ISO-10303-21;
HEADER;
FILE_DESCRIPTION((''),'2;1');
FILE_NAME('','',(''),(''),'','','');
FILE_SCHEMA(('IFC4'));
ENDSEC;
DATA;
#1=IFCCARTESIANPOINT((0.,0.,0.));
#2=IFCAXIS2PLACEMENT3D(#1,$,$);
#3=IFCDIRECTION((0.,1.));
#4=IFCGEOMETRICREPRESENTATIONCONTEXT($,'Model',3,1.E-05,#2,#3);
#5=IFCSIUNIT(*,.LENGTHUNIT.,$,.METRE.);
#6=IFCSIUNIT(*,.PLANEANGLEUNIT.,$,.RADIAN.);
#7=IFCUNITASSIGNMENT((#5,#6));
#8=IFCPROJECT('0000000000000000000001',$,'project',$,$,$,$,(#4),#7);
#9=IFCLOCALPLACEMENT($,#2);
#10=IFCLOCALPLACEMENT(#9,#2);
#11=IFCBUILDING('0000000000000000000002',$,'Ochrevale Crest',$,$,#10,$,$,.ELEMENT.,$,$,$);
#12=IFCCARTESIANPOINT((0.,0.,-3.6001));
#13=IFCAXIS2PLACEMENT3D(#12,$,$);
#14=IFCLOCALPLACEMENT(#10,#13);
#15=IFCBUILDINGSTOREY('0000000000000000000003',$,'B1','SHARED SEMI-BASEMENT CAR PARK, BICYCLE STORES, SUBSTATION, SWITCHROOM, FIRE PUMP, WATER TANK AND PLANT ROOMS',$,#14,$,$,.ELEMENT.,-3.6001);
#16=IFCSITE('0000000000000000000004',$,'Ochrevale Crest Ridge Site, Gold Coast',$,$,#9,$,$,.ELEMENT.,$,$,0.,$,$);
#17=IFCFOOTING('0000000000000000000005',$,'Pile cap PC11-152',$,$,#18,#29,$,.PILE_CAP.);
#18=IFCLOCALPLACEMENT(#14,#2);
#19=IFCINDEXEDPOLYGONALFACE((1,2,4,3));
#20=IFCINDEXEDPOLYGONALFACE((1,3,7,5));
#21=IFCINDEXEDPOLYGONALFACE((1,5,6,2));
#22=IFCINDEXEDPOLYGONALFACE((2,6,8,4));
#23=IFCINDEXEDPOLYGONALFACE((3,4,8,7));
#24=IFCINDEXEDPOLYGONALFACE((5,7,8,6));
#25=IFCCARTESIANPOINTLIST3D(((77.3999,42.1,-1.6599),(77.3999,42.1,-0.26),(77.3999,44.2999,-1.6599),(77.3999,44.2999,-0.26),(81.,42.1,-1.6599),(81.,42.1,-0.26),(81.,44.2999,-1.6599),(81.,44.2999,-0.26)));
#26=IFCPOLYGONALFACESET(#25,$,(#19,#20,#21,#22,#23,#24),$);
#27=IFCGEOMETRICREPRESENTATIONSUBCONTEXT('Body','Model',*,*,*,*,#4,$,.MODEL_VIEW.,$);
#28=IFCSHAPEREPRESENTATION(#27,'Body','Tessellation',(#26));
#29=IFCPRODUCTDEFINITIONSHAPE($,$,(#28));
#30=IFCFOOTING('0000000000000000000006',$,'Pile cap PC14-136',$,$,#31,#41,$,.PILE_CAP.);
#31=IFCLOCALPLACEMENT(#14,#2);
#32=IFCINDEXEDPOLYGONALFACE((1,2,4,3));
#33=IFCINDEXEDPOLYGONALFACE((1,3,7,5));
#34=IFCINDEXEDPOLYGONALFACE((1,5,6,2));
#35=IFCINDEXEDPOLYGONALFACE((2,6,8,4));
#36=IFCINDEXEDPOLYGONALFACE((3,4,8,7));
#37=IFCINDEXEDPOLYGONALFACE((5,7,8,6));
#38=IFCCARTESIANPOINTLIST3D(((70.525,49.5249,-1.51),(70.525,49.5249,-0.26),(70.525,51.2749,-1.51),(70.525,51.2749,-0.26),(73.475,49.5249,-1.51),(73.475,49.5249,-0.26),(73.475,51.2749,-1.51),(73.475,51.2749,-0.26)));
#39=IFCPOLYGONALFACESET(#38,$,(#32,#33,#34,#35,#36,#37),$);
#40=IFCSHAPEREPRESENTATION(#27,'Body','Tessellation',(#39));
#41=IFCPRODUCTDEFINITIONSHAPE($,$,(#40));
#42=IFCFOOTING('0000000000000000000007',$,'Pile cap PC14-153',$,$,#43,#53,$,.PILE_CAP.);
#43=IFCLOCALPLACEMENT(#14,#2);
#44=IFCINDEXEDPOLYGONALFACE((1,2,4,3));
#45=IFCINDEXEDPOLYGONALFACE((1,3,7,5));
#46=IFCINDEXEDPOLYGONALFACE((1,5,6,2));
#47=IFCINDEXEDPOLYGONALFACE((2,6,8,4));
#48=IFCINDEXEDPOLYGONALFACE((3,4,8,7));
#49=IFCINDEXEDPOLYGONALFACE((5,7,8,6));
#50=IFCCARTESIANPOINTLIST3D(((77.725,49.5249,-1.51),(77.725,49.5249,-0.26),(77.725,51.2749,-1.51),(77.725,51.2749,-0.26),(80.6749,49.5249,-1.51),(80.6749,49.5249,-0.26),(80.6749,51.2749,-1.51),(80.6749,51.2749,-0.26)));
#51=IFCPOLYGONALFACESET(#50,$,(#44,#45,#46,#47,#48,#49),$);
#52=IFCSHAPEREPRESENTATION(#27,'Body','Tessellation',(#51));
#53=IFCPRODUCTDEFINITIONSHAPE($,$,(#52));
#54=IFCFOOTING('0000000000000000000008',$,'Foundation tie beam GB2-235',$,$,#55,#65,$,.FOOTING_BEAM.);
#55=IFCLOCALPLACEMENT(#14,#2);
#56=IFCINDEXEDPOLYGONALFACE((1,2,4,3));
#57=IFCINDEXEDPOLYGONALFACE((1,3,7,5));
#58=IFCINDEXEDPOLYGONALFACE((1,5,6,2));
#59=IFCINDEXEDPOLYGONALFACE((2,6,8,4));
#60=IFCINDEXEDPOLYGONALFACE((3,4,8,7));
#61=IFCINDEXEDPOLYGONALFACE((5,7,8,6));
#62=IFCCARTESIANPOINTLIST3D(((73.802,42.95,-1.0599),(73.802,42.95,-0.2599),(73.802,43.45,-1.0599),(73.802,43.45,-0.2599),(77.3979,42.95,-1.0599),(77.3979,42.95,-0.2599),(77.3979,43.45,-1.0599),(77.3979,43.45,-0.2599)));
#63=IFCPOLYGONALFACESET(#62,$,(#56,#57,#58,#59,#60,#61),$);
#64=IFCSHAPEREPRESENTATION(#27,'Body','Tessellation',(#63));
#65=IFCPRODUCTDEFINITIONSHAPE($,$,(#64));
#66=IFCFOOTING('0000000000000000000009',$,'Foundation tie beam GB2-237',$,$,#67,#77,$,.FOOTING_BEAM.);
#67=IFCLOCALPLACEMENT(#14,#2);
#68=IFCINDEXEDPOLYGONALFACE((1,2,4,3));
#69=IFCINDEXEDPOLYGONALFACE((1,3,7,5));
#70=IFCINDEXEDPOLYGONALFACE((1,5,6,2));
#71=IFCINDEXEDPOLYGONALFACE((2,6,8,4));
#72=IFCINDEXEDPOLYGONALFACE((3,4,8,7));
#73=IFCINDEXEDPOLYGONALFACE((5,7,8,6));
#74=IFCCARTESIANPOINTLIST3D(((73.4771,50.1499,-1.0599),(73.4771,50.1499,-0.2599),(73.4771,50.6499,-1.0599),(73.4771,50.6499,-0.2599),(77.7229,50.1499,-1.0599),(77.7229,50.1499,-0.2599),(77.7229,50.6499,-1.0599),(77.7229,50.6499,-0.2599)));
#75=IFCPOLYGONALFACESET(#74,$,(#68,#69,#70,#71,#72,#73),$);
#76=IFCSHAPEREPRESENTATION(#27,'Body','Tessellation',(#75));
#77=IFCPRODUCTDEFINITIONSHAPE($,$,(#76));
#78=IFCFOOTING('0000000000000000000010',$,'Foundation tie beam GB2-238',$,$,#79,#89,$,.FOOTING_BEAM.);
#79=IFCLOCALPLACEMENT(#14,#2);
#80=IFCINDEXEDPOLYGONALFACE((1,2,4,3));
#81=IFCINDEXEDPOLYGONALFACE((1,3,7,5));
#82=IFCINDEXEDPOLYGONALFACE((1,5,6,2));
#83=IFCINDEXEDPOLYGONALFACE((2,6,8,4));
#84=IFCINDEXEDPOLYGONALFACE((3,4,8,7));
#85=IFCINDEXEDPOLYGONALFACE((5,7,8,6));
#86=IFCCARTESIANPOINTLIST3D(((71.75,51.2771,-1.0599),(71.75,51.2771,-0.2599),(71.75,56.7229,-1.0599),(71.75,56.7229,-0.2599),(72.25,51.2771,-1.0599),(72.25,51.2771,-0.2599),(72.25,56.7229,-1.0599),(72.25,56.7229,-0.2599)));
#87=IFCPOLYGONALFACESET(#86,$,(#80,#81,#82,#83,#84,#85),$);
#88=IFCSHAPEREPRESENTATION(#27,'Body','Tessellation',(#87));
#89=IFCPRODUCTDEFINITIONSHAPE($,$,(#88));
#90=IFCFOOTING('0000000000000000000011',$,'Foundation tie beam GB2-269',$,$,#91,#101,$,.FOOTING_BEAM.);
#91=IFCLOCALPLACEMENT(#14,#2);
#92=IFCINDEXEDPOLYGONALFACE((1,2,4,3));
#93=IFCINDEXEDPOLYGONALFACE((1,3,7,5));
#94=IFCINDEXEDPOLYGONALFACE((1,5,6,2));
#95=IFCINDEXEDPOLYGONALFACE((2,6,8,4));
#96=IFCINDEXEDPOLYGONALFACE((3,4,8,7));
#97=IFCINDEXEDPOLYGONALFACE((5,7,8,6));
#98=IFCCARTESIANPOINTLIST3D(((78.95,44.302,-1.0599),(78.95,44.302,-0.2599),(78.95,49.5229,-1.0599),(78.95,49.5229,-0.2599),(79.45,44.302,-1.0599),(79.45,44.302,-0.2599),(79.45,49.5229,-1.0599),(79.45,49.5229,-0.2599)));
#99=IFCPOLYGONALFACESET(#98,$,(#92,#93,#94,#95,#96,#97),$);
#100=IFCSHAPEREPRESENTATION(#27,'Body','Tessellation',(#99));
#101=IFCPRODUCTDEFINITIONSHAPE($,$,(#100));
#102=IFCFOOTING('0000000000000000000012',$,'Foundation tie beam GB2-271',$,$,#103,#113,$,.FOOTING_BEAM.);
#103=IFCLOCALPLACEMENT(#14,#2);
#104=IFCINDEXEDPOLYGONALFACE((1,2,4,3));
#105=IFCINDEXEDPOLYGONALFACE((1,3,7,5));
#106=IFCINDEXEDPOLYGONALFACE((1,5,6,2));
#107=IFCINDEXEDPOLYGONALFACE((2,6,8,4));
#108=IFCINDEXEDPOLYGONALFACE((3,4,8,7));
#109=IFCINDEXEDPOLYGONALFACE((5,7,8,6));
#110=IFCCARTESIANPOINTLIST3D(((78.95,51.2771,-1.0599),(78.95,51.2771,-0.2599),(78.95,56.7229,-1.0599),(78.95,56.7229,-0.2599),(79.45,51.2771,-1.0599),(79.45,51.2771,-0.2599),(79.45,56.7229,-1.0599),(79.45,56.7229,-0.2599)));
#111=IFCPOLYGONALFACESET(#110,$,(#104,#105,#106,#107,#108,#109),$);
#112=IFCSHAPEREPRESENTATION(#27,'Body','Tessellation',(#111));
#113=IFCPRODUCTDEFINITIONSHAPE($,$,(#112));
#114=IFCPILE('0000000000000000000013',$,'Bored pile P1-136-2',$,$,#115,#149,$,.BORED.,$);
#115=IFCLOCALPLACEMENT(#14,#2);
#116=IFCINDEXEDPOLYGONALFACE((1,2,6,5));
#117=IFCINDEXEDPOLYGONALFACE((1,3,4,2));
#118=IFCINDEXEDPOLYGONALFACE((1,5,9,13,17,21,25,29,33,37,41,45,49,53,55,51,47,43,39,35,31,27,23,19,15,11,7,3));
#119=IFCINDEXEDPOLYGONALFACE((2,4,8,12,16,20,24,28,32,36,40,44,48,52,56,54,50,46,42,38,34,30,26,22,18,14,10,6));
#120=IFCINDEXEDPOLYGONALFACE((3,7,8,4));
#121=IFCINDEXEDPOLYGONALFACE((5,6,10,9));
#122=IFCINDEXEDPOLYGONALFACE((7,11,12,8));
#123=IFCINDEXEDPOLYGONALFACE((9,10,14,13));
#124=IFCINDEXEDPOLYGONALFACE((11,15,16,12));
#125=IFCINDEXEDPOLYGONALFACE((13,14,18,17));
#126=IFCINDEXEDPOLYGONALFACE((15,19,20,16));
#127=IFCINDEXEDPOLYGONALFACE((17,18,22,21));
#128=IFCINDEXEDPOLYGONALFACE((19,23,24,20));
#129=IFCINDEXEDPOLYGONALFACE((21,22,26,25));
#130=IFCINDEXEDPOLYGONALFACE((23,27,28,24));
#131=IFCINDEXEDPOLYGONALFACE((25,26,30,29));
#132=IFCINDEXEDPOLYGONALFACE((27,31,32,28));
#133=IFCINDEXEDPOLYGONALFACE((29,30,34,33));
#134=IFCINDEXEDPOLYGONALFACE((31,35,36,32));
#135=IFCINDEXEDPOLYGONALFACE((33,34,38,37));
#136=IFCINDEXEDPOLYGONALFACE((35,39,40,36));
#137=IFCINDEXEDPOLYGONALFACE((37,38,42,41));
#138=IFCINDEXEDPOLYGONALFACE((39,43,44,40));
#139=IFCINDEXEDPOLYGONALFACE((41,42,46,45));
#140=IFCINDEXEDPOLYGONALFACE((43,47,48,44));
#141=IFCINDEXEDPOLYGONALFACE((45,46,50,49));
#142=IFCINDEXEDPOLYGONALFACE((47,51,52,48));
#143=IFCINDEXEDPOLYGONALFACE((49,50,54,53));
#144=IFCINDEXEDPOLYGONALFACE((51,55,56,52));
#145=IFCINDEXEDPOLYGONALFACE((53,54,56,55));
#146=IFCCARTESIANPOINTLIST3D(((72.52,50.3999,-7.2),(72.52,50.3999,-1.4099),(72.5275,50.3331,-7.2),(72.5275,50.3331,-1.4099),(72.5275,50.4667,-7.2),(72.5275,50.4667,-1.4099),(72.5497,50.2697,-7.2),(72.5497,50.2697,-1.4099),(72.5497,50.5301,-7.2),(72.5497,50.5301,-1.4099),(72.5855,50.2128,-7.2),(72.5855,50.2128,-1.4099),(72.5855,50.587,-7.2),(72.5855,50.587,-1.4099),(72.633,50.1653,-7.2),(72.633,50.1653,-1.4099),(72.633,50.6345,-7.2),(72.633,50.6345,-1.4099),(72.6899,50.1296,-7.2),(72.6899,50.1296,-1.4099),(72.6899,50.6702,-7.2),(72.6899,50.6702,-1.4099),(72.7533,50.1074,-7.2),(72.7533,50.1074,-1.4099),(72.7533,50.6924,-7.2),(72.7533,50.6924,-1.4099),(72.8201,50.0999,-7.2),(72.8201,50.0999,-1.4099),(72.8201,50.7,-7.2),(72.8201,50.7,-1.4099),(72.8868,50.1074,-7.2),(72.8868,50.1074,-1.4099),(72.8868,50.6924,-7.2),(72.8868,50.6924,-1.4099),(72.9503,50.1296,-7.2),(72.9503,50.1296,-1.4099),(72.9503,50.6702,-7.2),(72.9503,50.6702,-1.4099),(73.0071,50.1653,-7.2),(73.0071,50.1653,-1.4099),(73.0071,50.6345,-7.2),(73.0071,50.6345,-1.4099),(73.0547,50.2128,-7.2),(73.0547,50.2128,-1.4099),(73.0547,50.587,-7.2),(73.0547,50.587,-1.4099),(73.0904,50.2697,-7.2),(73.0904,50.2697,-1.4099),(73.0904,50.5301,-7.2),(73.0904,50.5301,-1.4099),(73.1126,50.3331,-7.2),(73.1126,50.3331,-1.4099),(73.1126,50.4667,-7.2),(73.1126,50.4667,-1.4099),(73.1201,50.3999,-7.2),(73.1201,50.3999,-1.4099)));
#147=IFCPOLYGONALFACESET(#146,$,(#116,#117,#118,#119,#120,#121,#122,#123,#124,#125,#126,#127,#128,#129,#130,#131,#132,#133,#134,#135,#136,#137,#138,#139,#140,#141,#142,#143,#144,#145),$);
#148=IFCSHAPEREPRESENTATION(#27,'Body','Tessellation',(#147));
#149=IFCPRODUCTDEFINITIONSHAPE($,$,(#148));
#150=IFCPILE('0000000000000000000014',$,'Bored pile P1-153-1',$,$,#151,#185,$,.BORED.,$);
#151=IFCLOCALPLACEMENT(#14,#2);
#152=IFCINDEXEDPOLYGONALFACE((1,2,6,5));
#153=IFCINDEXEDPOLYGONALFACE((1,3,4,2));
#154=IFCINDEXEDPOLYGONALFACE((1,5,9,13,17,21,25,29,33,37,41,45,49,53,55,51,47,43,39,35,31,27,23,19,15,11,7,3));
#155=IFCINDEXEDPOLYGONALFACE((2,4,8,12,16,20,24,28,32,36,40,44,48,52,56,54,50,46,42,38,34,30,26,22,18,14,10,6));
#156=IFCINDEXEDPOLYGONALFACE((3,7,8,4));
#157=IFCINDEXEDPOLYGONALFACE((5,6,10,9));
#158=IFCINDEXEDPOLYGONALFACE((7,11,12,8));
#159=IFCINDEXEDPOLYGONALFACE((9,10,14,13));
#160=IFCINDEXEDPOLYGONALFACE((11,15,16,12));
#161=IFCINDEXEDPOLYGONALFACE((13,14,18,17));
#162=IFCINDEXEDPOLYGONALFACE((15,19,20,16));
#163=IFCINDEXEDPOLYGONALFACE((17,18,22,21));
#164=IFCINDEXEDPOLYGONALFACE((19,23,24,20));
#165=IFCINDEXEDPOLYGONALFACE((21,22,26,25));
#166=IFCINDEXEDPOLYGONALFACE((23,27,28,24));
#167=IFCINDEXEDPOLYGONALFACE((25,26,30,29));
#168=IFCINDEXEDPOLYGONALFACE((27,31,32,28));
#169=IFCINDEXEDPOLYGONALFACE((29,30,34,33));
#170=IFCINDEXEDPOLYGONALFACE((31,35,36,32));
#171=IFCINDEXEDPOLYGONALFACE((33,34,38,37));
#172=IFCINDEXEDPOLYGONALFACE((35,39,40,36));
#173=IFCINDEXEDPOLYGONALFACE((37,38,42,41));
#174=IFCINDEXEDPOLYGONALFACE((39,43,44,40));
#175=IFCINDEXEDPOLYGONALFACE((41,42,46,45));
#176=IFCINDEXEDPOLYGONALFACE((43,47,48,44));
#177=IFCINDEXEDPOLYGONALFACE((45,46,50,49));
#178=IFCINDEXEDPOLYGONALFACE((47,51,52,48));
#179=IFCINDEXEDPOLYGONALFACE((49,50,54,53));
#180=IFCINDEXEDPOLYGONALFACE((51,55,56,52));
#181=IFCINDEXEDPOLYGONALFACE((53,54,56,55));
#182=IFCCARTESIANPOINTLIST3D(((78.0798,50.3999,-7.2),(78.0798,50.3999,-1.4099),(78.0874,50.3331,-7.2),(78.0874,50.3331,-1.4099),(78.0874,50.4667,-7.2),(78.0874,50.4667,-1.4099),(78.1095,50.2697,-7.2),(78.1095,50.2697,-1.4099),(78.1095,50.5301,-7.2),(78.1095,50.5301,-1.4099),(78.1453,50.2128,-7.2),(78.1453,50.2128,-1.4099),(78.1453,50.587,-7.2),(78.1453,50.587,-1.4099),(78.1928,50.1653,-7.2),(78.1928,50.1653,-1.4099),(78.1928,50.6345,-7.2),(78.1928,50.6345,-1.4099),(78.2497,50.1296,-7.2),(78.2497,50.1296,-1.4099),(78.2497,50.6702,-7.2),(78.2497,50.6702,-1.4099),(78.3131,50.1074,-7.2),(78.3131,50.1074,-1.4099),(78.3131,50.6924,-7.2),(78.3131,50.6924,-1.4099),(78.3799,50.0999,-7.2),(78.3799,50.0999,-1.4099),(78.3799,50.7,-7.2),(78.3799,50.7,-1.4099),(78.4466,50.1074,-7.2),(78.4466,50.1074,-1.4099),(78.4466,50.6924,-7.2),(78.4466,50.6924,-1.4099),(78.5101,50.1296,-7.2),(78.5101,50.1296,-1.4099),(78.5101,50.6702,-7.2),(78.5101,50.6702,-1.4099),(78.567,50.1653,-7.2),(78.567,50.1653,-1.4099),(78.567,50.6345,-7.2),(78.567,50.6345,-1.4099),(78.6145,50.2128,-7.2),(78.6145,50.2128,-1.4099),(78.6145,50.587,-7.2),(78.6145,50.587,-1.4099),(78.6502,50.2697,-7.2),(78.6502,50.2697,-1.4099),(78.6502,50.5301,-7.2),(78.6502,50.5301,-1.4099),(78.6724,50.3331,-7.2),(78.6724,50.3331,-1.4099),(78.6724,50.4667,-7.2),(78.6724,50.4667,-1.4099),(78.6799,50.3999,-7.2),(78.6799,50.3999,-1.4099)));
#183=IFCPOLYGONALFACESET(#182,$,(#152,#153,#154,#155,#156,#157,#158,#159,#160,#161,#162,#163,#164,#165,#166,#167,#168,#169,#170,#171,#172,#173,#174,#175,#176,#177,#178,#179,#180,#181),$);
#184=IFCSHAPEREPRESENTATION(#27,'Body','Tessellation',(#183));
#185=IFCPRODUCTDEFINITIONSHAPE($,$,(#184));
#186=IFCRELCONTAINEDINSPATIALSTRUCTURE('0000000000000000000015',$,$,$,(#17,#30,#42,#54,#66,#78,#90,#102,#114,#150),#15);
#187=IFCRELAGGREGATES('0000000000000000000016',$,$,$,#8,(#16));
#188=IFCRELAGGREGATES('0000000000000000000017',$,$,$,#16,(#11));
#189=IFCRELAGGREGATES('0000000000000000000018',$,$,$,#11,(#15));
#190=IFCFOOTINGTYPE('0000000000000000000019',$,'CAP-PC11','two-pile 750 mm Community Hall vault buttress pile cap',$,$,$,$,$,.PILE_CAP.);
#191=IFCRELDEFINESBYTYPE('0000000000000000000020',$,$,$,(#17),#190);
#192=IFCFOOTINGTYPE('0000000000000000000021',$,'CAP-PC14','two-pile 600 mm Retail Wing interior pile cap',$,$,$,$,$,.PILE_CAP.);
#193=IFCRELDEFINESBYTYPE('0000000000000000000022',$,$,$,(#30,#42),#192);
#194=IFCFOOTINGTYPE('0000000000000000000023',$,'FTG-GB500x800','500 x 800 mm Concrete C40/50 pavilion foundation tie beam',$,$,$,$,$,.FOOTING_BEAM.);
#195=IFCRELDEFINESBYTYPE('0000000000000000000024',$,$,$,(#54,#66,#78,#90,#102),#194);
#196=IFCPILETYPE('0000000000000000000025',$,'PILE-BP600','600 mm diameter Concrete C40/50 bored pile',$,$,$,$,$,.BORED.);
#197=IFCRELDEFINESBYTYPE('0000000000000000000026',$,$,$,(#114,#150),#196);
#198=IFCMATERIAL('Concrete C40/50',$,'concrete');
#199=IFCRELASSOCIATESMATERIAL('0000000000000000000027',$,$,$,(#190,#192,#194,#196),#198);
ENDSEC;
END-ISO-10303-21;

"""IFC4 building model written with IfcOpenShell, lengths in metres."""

from ifc_helpers import new_model, si_unit, direction, frame, origin, origin_2d, place, context, subcontext, project, spatial, rectangle, circle, extrude, material, material_profile, profile_set, type_object, element, save


model = new_model("IFC4")

# Units and contexts
model_context = context("Model", 3, precision=1e-05, world=origin(), true_north=direction((0.0, 1.0)))
body_context = subcontext(model_context, "Body", "Model", "MODEL_VIEW")
ifc_project = project(units=[si_unit("LENGTHUNIT", "METRE"), si_unit("PLANEANGLEUNIT", "RADIAN")], contexts=[model_context])

# Site, building, storey
site_placement = place(None, origin())
site = spatial("IfcSite", under=ifc_project, at=site_placement, Name="Ochrevale Crest Ridge Site, Gold Coast", CompositionType="ELEMENT", RefElevation=0.0)
building_placement = place(site_placement, origin())
building = spatial("IfcBuilding", under=site, at=building_placement, Name="Ochrevale Crest", CompositionType="ELEMENT")
storey_placement = place(building_placement, frame((0.0, 0.0, -3.6001)))
storey = spatial("IfcBuildingStorey", under=building, at=storey_placement, Name="B1", Description="SHARED SEMI-BASEMENT CAR PARK, BICYCLE STORES, SUBSTATION, SWITCHROOM, FIRE PUMP, WATER TANK AND PLANT ROOMS", CompositionType="ELEMENT", Elevation=-3.6001)

# Footings
ifc_material_1 = material(Name="Concrete C40/50", Category="concrete")
footing_type_1 = type_object("IfcFootingType", Name="CAP-PC11", Description="two-pile 750 mm Community Hall vault buttress pile cap", PredefinedType="PILE_CAP", material=ifc_material_1)
footing_1_placement = place(storey_placement, frame((79.2, 43.2, -1.6599), z_axis=(0.0, 0.0, 1.0), x_axis=(1.0, 0.0, 0.0)))
element("IfcFooting", 1, at=footing_1_placement, inside=storey, type_object=footing_type_1, Name="Pile cap PC11-152", PredefinedType="PILE_CAP", context=body_context, shape_type="SweptSolid", body=[
    extrude(rectangle(XDim=3.6001, YDim=2.2, at=origin_2d()), origin(), (0.0, 0.0, 1.0), 1.3999),
])
footing_type_2 = type_object("IfcFootingType", Name="CAP-PC14", Description="two-pile 600 mm Retail Wing interior pile cap", PredefinedType="PILE_CAP", material=ifc_material_1)
for number, where, z_axis, x_axis, name in (
    (2, (72.0, 50.3999, -1.51), (0.0, 0.0, 1.0), (1.0, 0.0, 0.0), "Pile cap PC14-136"),
    (3, (79.2, 50.3999, -1.51), (0.0, 0.0, 1.0), (1.0, 0.0, 0.0), "Pile cap PC14-153"),
):
    element("IfcFooting", number, at=place(storey_placement, frame(where, z_axis=z_axis, x_axis=x_axis)), inside=storey, type_object=footing_type_2, Name=name, PredefinedType="PILE_CAP", context=body_context, shape_type="SweptSolid", body=[
        extrude(rectangle(XDim=2.95, YDim=1.75, at=origin_2d()), origin(), (0.0, 0.0, 1.0), 1.25),
    ])
ifc_material_profile_1 = material_profile(ifc_material_1, rectangle(XDim=0.5, YDim=0.8, at=origin_2d()), Name="GB 500x800")
ifc_profile_set_1 = profile_set([ifc_material_profile_1], Name="Concrete C40/50")
footing_type_3 = type_object("IfcFootingType", Name="FTG-GB500x800", Description="500 x 800 mm Concrete C40/50 pavilion foundation tie beam", PredefinedType="FOOTING_BEAM", material=ifc_profile_set_1)
footing_2_placement = place(storey_placement, frame((73.802, 43.2, -0.6599), z_axis=(1.0, 0.0, 0.0), x_axis=(0.0, 1.0, 0.0)))
element("IfcFooting", 4, at=footing_2_placement, inside=storey, type_object=footing_type_3, Name="Foundation tie beam GB2-235", PredefinedType="FOOTING_BEAM", context=body_context, shape_type="SweptSolid", body=[
    extrude(rectangle(XDim=0.5, YDim=0.8, at=origin_2d()), origin(), (0.0, 0.0, 1.0), 3.5959),
])
footing_3_placement = place(storey_placement, frame((73.4771, 50.3999, -0.6599), z_axis=(1.0, 0.0, 0.0), x_axis=(0.0, 1.0, 0.0)))
element("IfcFooting", 5, at=footing_3_placement, inside=storey, type_object=footing_type_3, Name="Foundation tie beam GB2-237", PredefinedType="FOOTING_BEAM", context=body_context, shape_type="SweptSolid", body=[
    extrude(rectangle(XDim=0.5, YDim=0.8, at=origin_2d()), origin(), (0.0, 0.0, 1.0), 4.2458),
])
footing_4_placement = place(storey_placement, frame((72.0, 51.2771, -0.6599), z_axis=(0.0, 1.0, 0.0), x_axis=(-1.0, 0.0, 0.0)))
element("IfcFooting", 6, at=footing_4_placement, inside=storey, type_object=footing_type_3, Name="Foundation tie beam GB2-238", PredefinedType="FOOTING_BEAM", context=body_context, shape_type="SweptSolid", body=[
    extrude(rectangle(XDim=0.5, YDim=0.8, at=origin_2d()), origin(), (0.0, 0.0, 1.0), 5.4458),
])
footing_5_placement = place(storey_placement, frame((79.2, 44.302, -0.6599), z_axis=(0.0, 1.0, 0.0), x_axis=(-1.0, 0.0, 0.0)))
element("IfcFooting", 7, at=footing_5_placement, inside=storey, type_object=footing_type_3, Name="Foundation tie beam GB2-269", PredefinedType="FOOTING_BEAM", context=body_context, shape_type="SweptSolid", body=[
    extrude(rectangle(XDim=0.5, YDim=0.8, at=origin_2d()), origin(), (0.0, 0.0, 1.0), 5.2209),
])
footing_6_placement = place(storey_placement, frame((79.2, 51.2771, -0.6599), z_axis=(0.0, 1.0, 0.0), x_axis=(-1.0, 0.0, 0.0)))
element("IfcFooting", 8, at=footing_6_placement, inside=storey, type_object=footing_type_3, Name="Foundation tie beam GB2-271", PredefinedType="FOOTING_BEAM", context=body_context, shape_type="SweptSolid", body=[
    extrude(rectangle(XDim=0.5, YDim=0.8, at=origin_2d()), origin(), (0.0, 0.0, 1.0), 5.4458),
])

# Piles
ifc_material_profile_2 = material_profile(ifc_material_1, circle(Radius=0.3, at=origin_2d()), Name="BORED PILE 600")
ifc_profile_set_2 = profile_set([ifc_material_profile_2], Name="Concrete C40/50")
pile_type_1 = type_object("IfcPileType", Name="PILE-BP600", Description="600 mm diameter Concrete C40/50 bored pile", PredefinedType="BORED", material=ifc_profile_set_2)
for number, where, z_axis, x_axis, name in (
    (9, (72.8201, 50.3999, -1.4099), (0.0, 0.0, -1.0), (1.0, 0.0, 0.0), "Bored pile P1-136-2"),
    (10, (78.3799, 50.3999, -1.4099), (0.0, 0.0, -1.0), (1.0, 0.0, 0.0), "Bored pile P1-153-1"),
):
    element("IfcPile", number, at=place(storey_placement, frame(where, z_axis=z_axis, x_axis=x_axis)), inside=storey, type_object=pile_type_1, Name=name, PredefinedType="BORED", context=body_context, shape_type="SweptSolid", body=[
        extrude(circle(Radius=0.3, at=origin_2d()), origin(), (0.0, 0.0, 1.0), 5.79),
    ])

save(model, "model.ifc")
